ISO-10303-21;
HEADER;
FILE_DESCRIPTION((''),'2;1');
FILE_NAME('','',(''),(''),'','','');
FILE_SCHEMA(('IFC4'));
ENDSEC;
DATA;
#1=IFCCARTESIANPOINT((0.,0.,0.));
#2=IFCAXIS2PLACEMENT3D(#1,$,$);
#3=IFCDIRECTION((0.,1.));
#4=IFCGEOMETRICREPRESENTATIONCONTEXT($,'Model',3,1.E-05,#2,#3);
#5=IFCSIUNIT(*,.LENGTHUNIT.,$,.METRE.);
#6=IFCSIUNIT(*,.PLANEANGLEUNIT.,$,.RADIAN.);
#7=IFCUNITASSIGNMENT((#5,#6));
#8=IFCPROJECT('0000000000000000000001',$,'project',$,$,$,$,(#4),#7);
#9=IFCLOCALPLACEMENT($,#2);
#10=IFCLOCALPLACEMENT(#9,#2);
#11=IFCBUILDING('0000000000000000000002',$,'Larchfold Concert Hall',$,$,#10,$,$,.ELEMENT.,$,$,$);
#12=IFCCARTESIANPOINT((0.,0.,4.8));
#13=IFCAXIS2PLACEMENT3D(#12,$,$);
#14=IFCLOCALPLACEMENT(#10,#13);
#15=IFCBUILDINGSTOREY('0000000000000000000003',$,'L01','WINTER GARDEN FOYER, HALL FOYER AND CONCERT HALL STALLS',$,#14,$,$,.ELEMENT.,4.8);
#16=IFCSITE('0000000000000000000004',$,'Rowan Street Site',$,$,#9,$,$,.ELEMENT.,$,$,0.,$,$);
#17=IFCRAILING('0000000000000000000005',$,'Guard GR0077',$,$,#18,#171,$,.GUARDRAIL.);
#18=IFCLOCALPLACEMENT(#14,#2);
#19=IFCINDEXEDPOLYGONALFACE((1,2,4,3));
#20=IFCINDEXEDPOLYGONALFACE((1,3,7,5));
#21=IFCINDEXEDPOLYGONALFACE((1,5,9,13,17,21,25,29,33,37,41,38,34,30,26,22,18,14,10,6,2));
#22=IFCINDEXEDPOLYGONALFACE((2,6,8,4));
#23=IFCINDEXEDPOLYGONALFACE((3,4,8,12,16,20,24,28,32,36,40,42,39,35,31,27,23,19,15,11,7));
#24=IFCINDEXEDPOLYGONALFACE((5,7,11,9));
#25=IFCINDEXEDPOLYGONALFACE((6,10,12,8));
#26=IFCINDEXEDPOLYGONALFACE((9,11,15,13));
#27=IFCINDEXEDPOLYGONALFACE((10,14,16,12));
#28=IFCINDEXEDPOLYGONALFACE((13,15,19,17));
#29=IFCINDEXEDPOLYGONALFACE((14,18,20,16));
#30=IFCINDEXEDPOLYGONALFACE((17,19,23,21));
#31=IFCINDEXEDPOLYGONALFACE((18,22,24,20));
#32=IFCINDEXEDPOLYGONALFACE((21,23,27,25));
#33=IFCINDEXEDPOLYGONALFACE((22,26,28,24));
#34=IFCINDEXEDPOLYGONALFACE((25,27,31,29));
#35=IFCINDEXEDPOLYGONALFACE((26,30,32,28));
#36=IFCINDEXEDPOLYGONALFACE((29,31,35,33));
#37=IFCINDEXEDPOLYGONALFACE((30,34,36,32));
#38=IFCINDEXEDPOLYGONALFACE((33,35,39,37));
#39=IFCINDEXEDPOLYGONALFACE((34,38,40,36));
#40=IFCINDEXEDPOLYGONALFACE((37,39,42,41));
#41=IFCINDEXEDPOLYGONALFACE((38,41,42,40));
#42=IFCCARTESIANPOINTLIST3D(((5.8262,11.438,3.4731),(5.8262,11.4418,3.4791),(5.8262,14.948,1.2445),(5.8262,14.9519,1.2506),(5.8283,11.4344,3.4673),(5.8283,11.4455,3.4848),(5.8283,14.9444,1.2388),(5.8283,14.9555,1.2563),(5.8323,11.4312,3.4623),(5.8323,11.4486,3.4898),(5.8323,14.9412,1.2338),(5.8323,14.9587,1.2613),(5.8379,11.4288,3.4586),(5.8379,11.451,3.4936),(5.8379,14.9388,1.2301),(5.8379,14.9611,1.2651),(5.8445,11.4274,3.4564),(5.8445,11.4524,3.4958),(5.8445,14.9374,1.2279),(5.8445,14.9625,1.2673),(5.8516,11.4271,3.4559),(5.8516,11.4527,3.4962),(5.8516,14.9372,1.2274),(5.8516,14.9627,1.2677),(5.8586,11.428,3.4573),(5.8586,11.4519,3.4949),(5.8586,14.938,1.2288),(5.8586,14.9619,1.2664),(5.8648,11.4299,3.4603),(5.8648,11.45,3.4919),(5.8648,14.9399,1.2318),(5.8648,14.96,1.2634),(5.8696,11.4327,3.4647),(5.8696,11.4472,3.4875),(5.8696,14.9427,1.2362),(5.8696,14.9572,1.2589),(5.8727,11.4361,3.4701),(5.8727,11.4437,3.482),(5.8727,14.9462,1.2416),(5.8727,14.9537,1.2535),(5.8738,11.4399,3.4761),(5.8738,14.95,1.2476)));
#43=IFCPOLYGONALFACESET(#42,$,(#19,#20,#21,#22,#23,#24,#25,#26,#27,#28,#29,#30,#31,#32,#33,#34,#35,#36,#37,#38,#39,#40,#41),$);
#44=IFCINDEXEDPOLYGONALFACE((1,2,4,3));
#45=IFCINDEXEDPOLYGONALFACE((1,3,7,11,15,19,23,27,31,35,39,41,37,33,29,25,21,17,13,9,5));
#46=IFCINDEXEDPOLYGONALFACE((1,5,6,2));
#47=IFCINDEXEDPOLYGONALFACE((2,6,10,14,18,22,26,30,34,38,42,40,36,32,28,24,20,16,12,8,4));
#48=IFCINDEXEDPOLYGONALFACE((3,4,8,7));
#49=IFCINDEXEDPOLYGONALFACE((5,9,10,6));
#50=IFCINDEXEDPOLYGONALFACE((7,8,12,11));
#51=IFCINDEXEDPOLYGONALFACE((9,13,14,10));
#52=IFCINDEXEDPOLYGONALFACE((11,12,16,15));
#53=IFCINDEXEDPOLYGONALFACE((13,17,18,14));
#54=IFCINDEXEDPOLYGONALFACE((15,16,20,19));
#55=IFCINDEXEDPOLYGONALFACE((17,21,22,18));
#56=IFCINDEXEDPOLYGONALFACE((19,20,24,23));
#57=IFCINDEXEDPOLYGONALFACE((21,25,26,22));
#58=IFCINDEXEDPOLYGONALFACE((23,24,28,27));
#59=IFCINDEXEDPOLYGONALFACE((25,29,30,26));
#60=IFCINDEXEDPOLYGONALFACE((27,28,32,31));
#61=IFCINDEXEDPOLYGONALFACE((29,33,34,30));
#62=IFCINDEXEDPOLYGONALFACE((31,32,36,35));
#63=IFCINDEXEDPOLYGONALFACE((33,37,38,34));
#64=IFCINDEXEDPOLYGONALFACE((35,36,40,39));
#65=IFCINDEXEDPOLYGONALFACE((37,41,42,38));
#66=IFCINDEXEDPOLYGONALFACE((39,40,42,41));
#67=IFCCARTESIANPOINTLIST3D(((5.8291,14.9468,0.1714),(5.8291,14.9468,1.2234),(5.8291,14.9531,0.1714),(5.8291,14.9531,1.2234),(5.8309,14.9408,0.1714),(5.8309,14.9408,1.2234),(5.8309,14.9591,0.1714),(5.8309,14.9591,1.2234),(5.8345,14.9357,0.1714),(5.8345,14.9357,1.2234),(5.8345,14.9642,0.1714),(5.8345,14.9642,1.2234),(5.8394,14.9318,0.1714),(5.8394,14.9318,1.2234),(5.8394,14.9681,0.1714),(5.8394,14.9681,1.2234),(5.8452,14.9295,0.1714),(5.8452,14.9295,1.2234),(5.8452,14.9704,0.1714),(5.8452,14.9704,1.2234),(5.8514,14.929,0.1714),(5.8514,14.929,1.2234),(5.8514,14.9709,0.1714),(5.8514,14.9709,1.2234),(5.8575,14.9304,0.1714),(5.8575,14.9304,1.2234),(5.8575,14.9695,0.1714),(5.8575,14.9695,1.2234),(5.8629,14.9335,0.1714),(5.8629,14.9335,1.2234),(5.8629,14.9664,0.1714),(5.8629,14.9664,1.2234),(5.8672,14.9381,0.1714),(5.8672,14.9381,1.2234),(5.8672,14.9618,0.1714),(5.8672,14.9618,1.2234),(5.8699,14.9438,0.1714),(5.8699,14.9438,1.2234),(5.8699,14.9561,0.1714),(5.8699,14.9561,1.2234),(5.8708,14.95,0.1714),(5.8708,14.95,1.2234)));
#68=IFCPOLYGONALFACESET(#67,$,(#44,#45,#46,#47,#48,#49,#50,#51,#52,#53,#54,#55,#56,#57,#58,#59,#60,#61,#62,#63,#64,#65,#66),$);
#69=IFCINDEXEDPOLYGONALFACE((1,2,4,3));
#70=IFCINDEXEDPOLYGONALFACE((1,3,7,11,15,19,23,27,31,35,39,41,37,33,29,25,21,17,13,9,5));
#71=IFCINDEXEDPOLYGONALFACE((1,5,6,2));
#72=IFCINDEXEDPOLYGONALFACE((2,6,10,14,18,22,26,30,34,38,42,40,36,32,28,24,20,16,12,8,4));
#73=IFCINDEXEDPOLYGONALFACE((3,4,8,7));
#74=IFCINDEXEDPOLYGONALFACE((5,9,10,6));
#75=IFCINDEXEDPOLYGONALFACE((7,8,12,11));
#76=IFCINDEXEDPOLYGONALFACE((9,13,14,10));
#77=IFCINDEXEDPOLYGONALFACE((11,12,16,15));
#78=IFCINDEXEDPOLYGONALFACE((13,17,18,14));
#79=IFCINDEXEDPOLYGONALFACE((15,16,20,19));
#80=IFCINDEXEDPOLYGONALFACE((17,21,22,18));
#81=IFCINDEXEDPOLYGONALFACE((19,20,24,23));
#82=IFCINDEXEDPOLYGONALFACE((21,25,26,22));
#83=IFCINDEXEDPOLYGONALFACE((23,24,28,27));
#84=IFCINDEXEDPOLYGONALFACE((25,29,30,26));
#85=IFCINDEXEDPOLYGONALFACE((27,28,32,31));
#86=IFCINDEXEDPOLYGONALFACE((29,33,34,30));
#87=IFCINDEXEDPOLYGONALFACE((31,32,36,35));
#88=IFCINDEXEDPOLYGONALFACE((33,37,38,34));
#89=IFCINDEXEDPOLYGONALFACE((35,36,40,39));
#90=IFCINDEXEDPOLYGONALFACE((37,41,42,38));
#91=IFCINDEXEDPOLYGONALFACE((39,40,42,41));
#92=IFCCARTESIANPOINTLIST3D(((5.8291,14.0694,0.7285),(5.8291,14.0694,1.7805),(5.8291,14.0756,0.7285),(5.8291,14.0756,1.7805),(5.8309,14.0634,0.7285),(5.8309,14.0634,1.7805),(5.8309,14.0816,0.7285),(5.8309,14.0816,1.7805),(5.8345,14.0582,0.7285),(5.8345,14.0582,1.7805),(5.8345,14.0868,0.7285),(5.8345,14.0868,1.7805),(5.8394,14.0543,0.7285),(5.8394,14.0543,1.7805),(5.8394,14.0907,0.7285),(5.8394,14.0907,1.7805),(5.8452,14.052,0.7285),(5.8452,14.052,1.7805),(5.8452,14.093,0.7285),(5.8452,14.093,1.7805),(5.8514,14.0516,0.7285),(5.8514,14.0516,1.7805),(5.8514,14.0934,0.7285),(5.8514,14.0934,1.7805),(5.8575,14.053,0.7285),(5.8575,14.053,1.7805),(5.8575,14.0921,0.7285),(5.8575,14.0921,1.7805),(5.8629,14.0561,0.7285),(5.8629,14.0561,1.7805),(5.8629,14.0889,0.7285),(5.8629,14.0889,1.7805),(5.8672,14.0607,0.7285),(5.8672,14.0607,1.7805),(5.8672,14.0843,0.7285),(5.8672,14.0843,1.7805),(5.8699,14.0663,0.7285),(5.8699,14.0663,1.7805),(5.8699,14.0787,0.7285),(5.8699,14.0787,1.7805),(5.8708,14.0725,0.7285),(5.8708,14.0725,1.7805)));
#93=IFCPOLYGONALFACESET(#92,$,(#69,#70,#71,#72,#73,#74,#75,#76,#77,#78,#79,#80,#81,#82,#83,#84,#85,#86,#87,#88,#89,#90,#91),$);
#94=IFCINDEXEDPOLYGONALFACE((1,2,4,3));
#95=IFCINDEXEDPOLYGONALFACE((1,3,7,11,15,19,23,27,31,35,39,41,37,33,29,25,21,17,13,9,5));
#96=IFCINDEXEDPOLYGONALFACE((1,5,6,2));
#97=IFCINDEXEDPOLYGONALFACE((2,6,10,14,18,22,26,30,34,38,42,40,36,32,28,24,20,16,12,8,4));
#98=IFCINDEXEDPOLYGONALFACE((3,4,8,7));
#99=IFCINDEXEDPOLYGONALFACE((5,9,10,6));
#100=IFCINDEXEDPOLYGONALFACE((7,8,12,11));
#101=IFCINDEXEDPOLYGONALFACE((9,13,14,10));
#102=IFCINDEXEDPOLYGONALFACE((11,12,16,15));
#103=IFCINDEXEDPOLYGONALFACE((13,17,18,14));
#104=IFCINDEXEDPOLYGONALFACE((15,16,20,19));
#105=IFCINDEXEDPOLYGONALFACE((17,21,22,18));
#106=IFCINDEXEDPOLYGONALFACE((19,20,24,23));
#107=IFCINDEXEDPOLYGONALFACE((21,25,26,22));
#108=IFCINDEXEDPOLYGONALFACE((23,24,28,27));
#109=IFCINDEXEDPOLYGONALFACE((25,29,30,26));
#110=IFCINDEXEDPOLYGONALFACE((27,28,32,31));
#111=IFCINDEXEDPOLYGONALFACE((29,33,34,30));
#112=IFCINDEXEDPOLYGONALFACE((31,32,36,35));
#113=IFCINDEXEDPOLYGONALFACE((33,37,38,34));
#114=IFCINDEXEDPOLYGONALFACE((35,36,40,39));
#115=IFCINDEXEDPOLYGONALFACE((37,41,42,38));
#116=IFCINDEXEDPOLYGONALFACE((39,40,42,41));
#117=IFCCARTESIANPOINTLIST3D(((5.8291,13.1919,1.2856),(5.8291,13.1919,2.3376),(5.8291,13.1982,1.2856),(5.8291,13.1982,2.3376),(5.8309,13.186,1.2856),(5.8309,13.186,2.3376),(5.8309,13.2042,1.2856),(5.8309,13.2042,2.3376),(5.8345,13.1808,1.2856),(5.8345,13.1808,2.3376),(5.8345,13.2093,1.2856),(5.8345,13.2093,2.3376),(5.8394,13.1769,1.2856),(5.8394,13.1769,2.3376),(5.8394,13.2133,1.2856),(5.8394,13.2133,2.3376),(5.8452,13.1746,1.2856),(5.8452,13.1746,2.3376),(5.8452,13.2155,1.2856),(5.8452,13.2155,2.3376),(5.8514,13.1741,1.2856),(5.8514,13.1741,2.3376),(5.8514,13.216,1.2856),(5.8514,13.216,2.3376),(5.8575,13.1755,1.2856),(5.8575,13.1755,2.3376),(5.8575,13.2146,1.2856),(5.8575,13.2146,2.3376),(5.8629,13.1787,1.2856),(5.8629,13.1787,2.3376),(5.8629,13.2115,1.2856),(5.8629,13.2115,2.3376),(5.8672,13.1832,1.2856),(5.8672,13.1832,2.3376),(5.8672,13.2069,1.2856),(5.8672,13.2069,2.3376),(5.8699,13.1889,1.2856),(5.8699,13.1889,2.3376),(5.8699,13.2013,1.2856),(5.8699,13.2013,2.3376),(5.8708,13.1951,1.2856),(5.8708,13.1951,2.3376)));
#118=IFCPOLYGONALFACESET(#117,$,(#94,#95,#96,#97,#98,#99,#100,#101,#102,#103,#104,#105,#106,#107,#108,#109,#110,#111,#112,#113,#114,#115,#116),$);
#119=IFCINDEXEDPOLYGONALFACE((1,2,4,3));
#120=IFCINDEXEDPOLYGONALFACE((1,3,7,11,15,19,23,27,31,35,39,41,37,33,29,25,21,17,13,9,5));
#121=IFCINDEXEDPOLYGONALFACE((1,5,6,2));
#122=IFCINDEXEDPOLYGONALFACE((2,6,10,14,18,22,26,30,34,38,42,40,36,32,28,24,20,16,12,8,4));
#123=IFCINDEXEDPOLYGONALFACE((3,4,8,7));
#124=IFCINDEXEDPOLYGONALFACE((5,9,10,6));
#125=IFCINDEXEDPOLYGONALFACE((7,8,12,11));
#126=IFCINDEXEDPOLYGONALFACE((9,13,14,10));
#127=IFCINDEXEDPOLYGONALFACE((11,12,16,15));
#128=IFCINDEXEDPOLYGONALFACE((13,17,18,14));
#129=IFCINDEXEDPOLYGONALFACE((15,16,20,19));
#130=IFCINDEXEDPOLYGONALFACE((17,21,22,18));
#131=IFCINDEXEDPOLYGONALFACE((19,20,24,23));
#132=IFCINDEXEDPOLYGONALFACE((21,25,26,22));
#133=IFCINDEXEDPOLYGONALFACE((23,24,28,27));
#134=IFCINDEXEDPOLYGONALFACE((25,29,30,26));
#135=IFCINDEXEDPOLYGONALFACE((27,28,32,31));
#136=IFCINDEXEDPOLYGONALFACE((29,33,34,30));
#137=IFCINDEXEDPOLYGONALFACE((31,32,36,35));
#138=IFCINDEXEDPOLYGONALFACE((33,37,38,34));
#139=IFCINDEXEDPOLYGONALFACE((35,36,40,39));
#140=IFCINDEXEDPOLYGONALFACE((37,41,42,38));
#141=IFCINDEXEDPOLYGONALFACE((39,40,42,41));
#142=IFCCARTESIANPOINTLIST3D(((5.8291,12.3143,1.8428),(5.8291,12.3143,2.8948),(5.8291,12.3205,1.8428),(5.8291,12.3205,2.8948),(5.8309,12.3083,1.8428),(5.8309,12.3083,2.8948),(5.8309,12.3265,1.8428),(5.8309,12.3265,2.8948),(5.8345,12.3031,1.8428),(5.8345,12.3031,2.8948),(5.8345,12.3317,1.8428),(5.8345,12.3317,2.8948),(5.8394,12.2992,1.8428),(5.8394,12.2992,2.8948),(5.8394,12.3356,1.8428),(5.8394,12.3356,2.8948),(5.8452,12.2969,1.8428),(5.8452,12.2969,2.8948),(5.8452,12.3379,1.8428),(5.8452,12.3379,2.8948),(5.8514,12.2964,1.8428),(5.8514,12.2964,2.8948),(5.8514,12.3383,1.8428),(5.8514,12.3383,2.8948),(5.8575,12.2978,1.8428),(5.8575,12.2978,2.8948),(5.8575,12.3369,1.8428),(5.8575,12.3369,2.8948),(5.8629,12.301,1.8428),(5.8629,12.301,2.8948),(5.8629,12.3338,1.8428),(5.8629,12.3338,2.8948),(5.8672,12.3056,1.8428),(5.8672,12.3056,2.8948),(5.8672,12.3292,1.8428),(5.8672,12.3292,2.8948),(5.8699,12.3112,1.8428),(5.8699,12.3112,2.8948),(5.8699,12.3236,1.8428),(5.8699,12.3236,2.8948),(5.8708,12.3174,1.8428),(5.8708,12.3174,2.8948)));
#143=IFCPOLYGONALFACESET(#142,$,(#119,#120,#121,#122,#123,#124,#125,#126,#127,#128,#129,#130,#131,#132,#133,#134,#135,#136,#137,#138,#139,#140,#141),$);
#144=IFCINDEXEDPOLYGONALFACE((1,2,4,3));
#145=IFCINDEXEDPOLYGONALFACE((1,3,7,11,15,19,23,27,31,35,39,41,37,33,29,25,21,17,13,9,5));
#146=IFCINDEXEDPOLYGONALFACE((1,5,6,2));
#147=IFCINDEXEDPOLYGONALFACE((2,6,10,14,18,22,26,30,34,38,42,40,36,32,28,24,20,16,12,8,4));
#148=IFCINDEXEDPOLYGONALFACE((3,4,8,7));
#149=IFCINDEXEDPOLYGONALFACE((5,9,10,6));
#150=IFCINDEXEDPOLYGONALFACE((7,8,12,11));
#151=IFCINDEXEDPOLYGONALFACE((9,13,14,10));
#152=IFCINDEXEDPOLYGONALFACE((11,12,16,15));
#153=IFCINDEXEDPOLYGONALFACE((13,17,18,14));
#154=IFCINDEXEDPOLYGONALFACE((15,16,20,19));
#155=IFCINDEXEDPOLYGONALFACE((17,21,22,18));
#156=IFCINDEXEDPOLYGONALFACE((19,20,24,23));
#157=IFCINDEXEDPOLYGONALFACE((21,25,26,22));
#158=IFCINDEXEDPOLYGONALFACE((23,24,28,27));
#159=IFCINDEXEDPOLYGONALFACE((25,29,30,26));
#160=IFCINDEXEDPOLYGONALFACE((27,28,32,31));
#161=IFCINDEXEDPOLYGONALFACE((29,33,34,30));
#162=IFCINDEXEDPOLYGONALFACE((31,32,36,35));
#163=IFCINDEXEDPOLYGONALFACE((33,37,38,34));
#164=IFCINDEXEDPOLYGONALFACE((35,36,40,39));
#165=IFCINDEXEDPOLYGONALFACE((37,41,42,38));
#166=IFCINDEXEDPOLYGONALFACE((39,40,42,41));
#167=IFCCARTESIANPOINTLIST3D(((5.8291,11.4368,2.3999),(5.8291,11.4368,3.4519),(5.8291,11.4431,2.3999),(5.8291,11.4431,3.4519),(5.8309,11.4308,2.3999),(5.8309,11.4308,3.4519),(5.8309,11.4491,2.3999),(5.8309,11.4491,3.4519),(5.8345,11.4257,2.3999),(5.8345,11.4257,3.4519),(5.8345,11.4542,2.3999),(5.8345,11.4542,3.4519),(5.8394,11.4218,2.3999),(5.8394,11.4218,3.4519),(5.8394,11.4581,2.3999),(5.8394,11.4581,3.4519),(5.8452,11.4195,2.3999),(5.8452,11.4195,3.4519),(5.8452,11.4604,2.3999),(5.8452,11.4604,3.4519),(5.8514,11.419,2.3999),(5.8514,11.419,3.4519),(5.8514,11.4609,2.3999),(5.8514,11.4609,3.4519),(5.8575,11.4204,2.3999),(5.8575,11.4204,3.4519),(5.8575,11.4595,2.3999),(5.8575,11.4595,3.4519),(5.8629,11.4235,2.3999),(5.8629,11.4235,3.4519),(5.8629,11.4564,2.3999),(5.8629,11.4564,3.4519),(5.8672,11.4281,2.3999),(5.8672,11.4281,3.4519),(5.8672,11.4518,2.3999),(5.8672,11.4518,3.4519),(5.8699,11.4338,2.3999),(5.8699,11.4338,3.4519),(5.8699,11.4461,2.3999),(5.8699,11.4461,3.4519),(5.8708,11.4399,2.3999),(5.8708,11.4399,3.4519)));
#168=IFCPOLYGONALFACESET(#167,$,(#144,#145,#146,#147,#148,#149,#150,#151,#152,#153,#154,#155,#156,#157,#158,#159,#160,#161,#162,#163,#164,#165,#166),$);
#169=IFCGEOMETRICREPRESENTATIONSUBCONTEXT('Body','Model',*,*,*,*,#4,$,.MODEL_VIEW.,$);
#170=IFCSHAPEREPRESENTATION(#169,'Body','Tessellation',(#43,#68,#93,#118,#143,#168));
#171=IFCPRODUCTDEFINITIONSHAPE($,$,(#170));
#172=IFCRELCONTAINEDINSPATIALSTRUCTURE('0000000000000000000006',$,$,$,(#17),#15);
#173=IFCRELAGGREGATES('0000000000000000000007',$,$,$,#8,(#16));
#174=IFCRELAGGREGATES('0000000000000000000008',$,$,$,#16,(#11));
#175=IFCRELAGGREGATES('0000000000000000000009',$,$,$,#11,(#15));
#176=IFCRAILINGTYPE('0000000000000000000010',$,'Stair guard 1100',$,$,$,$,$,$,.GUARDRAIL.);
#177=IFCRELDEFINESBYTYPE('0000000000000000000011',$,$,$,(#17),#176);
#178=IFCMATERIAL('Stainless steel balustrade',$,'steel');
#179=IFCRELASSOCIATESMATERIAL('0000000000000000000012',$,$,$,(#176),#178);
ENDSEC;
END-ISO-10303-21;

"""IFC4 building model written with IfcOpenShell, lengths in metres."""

from ifc_helpers import new_model, si_unit, direction, frame, origin, origin_2d, place, context, subcontext, project, spatial, circle, extrude, material, type_object, element, save


model = new_model("IFC4")

# Units and contexts
model_context = context("Model", 3, precision=1e-05, world=origin(), true_north=direction((0.0, 1.0)))
body_context = subcontext(model_context, "Body", "Model", "MODEL_VIEW")
ifc_project = project(units=[si_unit("LENGTHUNIT", "METRE"), si_unit("PLANEANGLEUNIT", "RADIAN")], contexts=[model_context])

# Site, building, storey
site_placement = place(None, origin())
site = spatial("IfcSite", under=ifc_project, at=site_placement, Name="Rowan Street Site", CompositionType="ELEMENT", RefElevation=0.0)
building_placement = place(site_placement, origin())
building = spatial("IfcBuilding", under=site, at=building_placement, Name="Larchfold Concert Hall", CompositionType="ELEMENT")
storey_placement = place(building_placement, frame((0.0, 0.0, 4.8)))
storey = spatial("IfcBuildingStorey", under=building, at=storey_placement, Name="L01", Description="WINTER GARDEN FOYER, HALL FOYER AND CONCERT HALL STALLS", CompositionType="ELEMENT", Elevation=4.8)

# Railing
ifc_material_1 = material(Name="Stainless steel balustrade", Category="steel")
railing_type_1 = type_object("IfcRailingType", Name="Stair guard 1100", PredefinedType="GUARDRAIL", material=ifc_material_1)
railing_1_placement = place(storey_placement, frame((5.8499, 14.95, 0.1714)))
element("IfcRailing", 1, at=railing_1_placement, inside=storey, type_object=railing_type_1, Name="Guard GR0077", PredefinedType="GUARDRAIL", context=body_context, shape_type="SweptSolid", body=[
    extrude(circle(Radius=0.0239, at=origin_2d()), frame((0.0, 0.0, 1.0762), z_axis=(0.0, -0.84422, 0.535998), x_axis=(1.0, 0.0, 0.0)), (0.0, 0.0, 1.0), 4.1577),
    extrude(circle(Radius=0.021, at=origin_2d()), origin(), (0.0, 0.0, 1.0), 1.052),
    extrude(circle(Radius=0.021, at=origin_2d()), frame((0.0, -0.8774, 0.5571)), (0.0, 0.0, 1.0), 1.052),
    extrude(circle(Radius=0.021, at=origin_2d()), frame((0.0, -1.7549, 1.1143)), (0.0, 0.0, 1.0), 1.052),
    extrude(circle(Radius=0.021, at=origin_2d()), frame((0.0, -2.6326, 1.6714)), (0.0, 0.0, 1.0), 1.052),
    extrude(circle(Radius=0.021, at=origin_2d()), frame((0.0, -3.51, 2.2285)), (0.0, 0.0, 1.0), 1.052),
])

save(model, "model.ifc")
